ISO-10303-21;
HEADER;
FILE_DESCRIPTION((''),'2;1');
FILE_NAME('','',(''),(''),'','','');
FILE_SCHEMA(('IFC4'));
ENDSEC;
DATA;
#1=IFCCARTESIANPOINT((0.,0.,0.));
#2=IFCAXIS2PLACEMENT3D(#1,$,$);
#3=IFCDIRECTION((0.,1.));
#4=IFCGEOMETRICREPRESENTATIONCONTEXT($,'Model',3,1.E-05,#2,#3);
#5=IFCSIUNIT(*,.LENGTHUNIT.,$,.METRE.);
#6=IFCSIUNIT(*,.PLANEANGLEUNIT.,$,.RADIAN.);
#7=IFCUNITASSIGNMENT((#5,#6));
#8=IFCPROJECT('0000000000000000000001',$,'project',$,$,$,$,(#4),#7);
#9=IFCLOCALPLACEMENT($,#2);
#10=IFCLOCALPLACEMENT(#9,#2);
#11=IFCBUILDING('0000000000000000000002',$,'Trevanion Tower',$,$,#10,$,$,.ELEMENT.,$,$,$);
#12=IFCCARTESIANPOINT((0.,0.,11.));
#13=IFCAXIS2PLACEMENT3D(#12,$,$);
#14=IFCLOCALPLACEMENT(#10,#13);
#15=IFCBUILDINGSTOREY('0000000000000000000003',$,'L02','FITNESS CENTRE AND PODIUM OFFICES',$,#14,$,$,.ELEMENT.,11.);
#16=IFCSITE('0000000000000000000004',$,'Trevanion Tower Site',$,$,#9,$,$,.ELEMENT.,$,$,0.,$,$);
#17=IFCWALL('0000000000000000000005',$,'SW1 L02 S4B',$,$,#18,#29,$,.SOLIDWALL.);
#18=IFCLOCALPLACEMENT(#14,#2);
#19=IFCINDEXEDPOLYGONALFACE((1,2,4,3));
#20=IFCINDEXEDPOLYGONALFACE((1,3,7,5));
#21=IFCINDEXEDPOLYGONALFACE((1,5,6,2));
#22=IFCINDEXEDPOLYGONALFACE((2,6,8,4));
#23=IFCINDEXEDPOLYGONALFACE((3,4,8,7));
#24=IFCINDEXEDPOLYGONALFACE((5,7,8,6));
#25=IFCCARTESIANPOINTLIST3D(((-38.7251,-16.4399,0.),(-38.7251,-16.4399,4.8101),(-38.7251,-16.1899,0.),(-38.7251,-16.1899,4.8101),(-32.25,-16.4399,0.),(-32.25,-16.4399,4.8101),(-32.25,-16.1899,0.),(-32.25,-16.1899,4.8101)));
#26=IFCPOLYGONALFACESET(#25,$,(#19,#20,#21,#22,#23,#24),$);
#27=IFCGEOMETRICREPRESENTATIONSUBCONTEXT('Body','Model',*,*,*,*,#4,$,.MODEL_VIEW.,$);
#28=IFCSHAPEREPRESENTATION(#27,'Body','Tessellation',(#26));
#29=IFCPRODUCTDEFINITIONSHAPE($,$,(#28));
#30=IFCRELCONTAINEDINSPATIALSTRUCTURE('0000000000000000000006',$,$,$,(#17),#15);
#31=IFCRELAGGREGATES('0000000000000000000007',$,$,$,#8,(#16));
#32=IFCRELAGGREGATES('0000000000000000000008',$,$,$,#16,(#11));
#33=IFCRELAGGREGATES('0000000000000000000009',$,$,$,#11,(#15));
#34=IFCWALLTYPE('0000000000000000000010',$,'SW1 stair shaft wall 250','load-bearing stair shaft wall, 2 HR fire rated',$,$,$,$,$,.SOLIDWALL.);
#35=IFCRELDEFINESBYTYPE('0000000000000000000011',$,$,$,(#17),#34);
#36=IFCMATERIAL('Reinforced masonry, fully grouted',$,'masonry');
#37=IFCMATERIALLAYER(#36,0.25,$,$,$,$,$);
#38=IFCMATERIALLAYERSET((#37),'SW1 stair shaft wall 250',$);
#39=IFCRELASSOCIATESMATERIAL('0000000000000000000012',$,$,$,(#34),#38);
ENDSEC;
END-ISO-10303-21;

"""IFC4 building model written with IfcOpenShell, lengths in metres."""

from ifc_helpers import new_model, si_unit, direction, frame, frame_2d, origin, place, context, subcontext, project, spatial, rectangle, extrude, material, layer, layer_set, type_object, element, save


model = new_model("IFC4")

# Units and contexts
model_context = context("Model", 3, precision=1e-05, world=origin(), true_north=direction((0.0, 1.0)))
body_context = subcontext(model_context, "Body", "Model", "MODEL_VIEW")
ifc_project = project(units=[si_unit("LENGTHUNIT", "METRE"), si_unit("PLANEANGLEUNIT", "RADIAN")], contexts=[model_context])

# Site, building, storey
site_placement = place(None, origin())
site = spatial("IfcSite", under=ifc_project, at=site_placement, Name="Trevanion Tower Site", CompositionType="ELEMENT", RefElevation=0.0)
building_placement = place(site_placement, origin())
building = spatial("IfcBuilding", under=site, at=building_placement, Name="Trevanion Tower", CompositionType="ELEMENT")
storey_placement = place(building_placement, frame((0.0, 0.0, 11.0)))
storey = spatial("IfcBuildingStorey", under=building, at=storey_placement, Name="L02", Description="FITNESS CENTRE AND PODIUM OFFICES", CompositionType="ELEMENT", Elevation=11.0)

# Wall
ifc_material_1 = material(Name="Reinforced masonry, fully grouted", Category="masonry")
ifc_layer = layer(ifc_material_1, 0.25)
ifc_layer_set = layer_set([ifc_layer], Name="SW1 stair shaft wall 250")
wall_type = type_object("IfcWallType", Name="SW1 stair shaft wall 250", Description="load-bearing stair shaft wall, 2 HR fire rated", PredefinedType="SOLIDWALL", material=ifc_layer_set)
wall_placement = place(storey_placement, frame((-32.25, -16.3149, 0.0), z_axis=(0.0, 0.0, 1.0), x_axis=(-1.0, 0.0, 0.0)))
element("IfcWall", 1, at=wall_placement, inside=storey, type_object=wall_type, Name="SW1 L02 S4B", PredefinedType="SOLIDWALL", context=body_context, shape_type="SweptSolid", body=[
    extrude(rectangle(XDim=6.4751, YDim=0.25, at=frame_2d((3.2375, 0.0))), origin(), (0.0, 0.0, 1.0), 4.8101),
])

save(model, "model.ifc")
